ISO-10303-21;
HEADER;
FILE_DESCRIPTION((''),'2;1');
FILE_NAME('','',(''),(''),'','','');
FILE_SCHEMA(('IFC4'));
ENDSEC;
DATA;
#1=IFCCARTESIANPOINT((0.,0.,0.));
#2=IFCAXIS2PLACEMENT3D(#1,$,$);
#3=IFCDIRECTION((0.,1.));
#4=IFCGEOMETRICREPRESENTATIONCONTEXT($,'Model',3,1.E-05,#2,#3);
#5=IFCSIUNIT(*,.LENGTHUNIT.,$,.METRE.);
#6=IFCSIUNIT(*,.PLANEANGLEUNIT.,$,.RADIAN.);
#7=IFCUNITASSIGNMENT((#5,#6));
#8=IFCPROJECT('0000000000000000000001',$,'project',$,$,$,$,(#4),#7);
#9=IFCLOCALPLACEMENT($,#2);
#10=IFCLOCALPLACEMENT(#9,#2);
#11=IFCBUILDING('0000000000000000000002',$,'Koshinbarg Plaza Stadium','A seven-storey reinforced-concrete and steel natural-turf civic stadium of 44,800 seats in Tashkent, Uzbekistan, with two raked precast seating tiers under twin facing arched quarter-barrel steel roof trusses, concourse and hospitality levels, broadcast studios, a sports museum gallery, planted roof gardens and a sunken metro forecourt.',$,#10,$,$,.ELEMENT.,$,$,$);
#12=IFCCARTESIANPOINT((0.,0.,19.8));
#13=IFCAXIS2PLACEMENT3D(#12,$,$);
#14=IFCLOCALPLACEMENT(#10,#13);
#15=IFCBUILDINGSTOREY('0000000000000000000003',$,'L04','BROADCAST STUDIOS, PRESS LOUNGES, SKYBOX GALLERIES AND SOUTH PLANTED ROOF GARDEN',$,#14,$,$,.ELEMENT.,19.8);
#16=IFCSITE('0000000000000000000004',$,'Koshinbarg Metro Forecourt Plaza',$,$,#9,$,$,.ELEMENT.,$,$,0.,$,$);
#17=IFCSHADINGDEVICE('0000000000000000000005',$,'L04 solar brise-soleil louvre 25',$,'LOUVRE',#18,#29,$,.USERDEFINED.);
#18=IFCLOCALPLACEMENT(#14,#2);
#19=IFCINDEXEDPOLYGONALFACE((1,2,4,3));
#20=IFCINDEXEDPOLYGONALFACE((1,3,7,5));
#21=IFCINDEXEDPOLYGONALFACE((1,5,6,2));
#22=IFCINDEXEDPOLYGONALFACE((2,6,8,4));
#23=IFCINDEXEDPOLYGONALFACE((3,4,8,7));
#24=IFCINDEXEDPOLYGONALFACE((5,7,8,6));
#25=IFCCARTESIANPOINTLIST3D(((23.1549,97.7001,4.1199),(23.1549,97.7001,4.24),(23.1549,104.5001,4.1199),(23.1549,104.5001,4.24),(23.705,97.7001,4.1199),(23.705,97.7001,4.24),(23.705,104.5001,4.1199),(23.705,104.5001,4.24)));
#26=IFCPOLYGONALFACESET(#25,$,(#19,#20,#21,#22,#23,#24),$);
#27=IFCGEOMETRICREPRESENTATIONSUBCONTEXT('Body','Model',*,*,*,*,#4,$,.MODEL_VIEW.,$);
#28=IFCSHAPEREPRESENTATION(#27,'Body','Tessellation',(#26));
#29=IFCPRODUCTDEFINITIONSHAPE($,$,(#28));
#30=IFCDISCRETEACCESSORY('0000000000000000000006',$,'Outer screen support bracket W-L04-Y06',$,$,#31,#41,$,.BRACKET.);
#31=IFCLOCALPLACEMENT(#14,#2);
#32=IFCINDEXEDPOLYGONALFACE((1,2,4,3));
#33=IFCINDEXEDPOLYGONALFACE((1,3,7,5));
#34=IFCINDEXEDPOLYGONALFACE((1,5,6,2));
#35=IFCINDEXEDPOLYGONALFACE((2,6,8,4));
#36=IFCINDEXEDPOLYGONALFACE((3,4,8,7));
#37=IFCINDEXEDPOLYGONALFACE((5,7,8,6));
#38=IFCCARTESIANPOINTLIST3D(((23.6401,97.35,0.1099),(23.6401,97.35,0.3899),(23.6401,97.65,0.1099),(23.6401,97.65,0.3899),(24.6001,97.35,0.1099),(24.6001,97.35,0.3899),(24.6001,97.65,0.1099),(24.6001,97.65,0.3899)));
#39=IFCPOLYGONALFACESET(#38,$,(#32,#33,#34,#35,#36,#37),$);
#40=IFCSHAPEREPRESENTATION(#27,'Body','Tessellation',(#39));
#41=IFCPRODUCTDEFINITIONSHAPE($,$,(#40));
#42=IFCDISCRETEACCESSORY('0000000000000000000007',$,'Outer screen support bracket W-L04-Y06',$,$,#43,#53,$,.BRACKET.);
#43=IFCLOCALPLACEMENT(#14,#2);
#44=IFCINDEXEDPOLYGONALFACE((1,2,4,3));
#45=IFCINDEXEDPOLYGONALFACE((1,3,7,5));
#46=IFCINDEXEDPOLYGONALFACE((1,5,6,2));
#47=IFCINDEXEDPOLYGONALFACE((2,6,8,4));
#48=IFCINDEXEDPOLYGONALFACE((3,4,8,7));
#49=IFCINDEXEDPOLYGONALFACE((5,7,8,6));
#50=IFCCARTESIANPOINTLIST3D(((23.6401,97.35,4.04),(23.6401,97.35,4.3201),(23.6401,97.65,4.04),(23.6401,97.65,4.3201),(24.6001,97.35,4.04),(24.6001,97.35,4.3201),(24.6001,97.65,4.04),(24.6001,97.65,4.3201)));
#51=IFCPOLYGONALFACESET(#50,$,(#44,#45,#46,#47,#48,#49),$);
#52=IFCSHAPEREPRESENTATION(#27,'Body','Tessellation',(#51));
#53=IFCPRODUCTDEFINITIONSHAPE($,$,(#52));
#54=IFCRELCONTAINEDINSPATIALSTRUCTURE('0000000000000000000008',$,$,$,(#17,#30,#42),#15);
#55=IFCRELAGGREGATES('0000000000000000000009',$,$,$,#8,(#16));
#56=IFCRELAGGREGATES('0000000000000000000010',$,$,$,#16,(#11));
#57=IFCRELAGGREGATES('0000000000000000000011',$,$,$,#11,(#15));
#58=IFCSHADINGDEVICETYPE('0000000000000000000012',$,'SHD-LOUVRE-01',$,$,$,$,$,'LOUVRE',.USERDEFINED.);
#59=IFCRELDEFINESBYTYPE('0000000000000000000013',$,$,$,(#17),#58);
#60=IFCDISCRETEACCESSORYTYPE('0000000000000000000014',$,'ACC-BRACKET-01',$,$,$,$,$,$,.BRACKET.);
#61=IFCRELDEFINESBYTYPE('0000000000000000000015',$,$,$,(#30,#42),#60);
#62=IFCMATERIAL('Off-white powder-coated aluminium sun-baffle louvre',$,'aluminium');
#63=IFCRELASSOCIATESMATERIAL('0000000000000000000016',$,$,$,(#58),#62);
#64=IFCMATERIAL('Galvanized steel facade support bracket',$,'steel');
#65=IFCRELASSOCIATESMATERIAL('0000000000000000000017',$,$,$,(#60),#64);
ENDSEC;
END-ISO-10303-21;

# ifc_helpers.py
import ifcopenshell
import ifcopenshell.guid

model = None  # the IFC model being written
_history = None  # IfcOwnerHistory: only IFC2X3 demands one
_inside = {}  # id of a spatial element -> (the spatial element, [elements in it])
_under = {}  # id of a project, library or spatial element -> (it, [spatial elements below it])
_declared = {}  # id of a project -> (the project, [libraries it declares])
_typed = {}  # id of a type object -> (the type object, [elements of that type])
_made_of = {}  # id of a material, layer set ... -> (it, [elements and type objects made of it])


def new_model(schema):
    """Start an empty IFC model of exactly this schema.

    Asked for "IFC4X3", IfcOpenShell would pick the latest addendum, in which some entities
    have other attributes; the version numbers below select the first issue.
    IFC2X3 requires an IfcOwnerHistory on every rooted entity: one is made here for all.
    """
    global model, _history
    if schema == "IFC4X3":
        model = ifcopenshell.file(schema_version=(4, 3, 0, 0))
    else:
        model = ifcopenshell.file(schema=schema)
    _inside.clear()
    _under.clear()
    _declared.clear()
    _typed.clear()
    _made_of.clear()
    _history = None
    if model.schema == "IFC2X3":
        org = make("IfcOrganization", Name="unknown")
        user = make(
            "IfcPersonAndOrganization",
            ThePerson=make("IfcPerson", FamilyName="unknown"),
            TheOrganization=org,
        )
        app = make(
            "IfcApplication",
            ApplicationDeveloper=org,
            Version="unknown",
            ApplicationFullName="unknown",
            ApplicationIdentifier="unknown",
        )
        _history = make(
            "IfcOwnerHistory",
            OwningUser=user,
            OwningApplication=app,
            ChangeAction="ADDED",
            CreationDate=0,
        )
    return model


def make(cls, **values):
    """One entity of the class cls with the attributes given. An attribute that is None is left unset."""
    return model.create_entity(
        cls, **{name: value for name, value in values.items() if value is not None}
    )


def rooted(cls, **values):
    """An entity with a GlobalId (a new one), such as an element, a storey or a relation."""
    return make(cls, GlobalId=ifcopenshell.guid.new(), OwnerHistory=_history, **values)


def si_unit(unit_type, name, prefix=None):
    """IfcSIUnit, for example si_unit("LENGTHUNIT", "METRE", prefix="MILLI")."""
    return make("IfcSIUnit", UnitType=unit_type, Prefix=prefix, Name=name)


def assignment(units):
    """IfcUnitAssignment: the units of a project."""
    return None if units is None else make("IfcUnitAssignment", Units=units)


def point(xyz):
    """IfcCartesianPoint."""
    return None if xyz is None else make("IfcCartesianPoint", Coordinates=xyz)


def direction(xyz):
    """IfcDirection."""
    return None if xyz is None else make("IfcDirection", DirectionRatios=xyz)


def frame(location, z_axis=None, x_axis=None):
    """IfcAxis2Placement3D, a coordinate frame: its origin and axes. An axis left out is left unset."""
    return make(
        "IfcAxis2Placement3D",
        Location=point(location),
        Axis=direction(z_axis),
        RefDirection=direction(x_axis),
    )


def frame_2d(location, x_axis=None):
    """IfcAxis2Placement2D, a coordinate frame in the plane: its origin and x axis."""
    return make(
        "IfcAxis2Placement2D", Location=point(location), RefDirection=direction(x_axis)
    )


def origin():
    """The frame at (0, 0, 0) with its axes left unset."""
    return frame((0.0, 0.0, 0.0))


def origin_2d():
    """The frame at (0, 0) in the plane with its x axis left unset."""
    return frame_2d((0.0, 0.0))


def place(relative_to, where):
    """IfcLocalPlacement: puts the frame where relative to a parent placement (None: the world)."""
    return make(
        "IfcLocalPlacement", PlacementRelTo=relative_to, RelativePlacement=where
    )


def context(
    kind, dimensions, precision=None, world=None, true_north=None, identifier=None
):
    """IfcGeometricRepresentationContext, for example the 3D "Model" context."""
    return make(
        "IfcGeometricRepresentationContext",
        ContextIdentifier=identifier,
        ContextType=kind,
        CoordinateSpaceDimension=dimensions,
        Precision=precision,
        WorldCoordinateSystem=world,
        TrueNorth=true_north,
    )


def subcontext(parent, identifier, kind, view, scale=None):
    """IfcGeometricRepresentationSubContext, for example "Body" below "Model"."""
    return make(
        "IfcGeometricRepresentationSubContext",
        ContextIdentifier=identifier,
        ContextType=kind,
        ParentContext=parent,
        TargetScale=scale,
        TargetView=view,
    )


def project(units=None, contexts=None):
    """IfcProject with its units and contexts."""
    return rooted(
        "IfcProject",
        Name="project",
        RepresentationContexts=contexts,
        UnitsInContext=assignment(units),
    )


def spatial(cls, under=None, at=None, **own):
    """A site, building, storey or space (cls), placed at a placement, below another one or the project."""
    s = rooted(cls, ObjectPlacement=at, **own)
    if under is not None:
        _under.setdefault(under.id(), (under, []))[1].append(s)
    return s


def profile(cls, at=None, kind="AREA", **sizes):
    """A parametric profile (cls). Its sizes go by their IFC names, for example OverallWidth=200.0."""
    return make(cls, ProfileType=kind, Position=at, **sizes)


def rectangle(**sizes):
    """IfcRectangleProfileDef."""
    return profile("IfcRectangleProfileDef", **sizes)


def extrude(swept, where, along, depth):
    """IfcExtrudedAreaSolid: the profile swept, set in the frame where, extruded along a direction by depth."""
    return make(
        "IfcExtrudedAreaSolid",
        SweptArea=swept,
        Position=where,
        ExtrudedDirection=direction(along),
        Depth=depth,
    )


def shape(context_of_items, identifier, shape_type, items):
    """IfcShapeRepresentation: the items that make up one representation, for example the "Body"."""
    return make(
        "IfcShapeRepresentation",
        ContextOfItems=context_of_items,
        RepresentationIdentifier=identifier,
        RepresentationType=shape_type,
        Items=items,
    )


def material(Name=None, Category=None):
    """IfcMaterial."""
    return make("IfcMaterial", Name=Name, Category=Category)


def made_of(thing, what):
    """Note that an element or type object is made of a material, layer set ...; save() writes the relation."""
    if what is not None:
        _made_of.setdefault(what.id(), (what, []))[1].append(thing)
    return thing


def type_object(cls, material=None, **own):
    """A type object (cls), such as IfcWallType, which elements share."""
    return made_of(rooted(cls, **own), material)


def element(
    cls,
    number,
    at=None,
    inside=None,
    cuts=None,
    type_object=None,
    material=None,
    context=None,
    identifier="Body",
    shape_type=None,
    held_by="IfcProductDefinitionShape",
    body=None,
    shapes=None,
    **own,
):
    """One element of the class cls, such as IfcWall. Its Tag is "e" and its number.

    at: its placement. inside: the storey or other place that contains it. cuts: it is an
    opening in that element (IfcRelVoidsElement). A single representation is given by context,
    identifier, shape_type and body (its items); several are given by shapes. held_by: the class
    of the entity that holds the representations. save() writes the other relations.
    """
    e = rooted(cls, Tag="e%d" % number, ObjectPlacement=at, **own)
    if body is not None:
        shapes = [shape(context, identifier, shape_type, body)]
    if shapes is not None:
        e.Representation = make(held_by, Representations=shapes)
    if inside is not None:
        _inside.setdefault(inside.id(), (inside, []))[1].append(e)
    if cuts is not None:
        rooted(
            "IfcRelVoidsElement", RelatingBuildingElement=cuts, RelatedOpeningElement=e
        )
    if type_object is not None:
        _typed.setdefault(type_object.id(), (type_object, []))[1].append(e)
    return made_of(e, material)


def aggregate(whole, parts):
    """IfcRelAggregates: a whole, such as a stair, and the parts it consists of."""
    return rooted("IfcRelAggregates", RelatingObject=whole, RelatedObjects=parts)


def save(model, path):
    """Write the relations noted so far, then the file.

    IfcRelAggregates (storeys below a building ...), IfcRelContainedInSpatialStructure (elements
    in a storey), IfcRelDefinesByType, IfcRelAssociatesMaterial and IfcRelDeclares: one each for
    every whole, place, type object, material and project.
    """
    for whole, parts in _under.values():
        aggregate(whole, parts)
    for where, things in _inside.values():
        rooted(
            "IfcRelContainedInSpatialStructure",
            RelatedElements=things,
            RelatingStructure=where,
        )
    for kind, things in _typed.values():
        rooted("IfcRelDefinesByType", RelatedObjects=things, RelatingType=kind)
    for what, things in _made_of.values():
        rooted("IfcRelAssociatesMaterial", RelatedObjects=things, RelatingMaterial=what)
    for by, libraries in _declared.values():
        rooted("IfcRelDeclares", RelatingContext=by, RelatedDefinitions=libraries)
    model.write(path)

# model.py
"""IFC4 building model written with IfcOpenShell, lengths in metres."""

from ifc_helpers import new_model, si_unit, direction, frame, origin, origin_2d, place, context, subcontext, project, spatial, rectangle, extrude, material, type_object, element, save


model = new_model("IFC4")

# Units and contexts
model_context = context("Model", 3, precision=1e-05, world=origin(), true_north=direction((0.0, 1.0)))
body_context = subcontext(model_context, "Body", "Model", "MODEL_VIEW")
ifc_project = project(units=[si_unit("LENGTHUNIT", "METRE"), si_unit("PLANEANGLEUNIT", "RADIAN")], contexts=[model_context])

# Site, building, storey
site_placement = place(None, origin())
site = spatial("IfcSite", under=ifc_project, at=site_placement, Name="Koshinbarg Metro Forecourt Plaza", CompositionType="ELEMENT", RefElevation=0.0)
building_placement = place(site_placement, origin())
building = spatial("IfcBuilding", under=site, at=building_placement, Name="Koshinbarg Plaza Stadium", Description="A seven-storey reinforced-concrete and steel natural-turf civic stadium of 44,800 seats in Tashkent, Uzbekistan, with two raked precast seating tiers under twin facing arched quarter-barrel steel roof trusses, concourse and hospitality levels, broadcast studios, a sports museum gallery, planted roof gardens and a sunken metro forecourt.", CompositionType="ELEMENT")
storey_placement = place(building_placement, frame((0.0, 0.0, 19.8)))
storey = spatial("IfcBuildingStorey", under=building, at=storey_placement, Name="L04", Description="BROADCAST STUDIOS, PRESS LOUNGES, SKYBOX GALLERIES AND SOUTH PLANTED ROOF GARDEN", CompositionType="ELEMENT", Elevation=19.8)

# Shading device
ifc_material_1 = material(Name="Off-white powder-coated aluminium sun-baffle louvre", Category="aluminium")
shading_device_type = type_object("IfcShadingDeviceType", Name="SHD-LOUVRE-01", ElementType="LOUVRE", PredefinedType="USERDEFINED", material=ifc_material_1)
shading_device_placement = place(storey_placement, frame((23.4299, 101.1001, 4.1199), z_axis=(0.0, 0.0, 1.0), x_axis=(1.0, 0.0, 0.0)))
element("IfcShadingDevice", 1, at=shading_device_placement, inside=storey, type_object=shading_device_type, Name="L04 solar brise-soleil louvre 25", ObjectType="LOUVRE", PredefinedType="USERDEFINED", context=body_context, shape_type="SweptSolid", body=[
    extrude(rectangle(XDim=0.55, YDim=6.8, at=origin_2d()), origin(), (0.0, 0.0, 1.0), 0.1201),
])

# Discrete accessories
ifc_material_2 = material(Name="Galvanized steel facade support bracket", Category="steel")
discrete_accessory_type = type_object("IfcDiscreteAccessoryType", Name="ACC-BRACKET-01", PredefinedType="BRACKET", material=ifc_material_2)
for number, where, z_axis, x_axis, name in (
    (2, (24.1201, 97.5, 0.1099), (0.0, 0.0, 1.0), (1.0, 0.0, 0.0), "Outer screen support bracket W-L04-Y06"),
    (3, (24.1201, 97.5, 4.04), (0.0, 0.0, 1.0), (1.0, 0.0, 0.0), "Outer screen support bracket W-L04-Y06"),
):
    element("IfcDiscreteAccessory", number, at=place(storey_placement, frame(where, z_axis=z_axis, x_axis=x_axis)), inside=storey, type_object=discrete_accessory_type, Name=name, PredefinedType="BRACKET", context=body_context, shape_type="SweptSolid", body=[
        extrude(rectangle(XDim=0.96, YDim=0.3, at=origin_2d()), origin(), (0.0, 0.0, 1.0), 0.28),
    ])

save(model, "model.ifc")
